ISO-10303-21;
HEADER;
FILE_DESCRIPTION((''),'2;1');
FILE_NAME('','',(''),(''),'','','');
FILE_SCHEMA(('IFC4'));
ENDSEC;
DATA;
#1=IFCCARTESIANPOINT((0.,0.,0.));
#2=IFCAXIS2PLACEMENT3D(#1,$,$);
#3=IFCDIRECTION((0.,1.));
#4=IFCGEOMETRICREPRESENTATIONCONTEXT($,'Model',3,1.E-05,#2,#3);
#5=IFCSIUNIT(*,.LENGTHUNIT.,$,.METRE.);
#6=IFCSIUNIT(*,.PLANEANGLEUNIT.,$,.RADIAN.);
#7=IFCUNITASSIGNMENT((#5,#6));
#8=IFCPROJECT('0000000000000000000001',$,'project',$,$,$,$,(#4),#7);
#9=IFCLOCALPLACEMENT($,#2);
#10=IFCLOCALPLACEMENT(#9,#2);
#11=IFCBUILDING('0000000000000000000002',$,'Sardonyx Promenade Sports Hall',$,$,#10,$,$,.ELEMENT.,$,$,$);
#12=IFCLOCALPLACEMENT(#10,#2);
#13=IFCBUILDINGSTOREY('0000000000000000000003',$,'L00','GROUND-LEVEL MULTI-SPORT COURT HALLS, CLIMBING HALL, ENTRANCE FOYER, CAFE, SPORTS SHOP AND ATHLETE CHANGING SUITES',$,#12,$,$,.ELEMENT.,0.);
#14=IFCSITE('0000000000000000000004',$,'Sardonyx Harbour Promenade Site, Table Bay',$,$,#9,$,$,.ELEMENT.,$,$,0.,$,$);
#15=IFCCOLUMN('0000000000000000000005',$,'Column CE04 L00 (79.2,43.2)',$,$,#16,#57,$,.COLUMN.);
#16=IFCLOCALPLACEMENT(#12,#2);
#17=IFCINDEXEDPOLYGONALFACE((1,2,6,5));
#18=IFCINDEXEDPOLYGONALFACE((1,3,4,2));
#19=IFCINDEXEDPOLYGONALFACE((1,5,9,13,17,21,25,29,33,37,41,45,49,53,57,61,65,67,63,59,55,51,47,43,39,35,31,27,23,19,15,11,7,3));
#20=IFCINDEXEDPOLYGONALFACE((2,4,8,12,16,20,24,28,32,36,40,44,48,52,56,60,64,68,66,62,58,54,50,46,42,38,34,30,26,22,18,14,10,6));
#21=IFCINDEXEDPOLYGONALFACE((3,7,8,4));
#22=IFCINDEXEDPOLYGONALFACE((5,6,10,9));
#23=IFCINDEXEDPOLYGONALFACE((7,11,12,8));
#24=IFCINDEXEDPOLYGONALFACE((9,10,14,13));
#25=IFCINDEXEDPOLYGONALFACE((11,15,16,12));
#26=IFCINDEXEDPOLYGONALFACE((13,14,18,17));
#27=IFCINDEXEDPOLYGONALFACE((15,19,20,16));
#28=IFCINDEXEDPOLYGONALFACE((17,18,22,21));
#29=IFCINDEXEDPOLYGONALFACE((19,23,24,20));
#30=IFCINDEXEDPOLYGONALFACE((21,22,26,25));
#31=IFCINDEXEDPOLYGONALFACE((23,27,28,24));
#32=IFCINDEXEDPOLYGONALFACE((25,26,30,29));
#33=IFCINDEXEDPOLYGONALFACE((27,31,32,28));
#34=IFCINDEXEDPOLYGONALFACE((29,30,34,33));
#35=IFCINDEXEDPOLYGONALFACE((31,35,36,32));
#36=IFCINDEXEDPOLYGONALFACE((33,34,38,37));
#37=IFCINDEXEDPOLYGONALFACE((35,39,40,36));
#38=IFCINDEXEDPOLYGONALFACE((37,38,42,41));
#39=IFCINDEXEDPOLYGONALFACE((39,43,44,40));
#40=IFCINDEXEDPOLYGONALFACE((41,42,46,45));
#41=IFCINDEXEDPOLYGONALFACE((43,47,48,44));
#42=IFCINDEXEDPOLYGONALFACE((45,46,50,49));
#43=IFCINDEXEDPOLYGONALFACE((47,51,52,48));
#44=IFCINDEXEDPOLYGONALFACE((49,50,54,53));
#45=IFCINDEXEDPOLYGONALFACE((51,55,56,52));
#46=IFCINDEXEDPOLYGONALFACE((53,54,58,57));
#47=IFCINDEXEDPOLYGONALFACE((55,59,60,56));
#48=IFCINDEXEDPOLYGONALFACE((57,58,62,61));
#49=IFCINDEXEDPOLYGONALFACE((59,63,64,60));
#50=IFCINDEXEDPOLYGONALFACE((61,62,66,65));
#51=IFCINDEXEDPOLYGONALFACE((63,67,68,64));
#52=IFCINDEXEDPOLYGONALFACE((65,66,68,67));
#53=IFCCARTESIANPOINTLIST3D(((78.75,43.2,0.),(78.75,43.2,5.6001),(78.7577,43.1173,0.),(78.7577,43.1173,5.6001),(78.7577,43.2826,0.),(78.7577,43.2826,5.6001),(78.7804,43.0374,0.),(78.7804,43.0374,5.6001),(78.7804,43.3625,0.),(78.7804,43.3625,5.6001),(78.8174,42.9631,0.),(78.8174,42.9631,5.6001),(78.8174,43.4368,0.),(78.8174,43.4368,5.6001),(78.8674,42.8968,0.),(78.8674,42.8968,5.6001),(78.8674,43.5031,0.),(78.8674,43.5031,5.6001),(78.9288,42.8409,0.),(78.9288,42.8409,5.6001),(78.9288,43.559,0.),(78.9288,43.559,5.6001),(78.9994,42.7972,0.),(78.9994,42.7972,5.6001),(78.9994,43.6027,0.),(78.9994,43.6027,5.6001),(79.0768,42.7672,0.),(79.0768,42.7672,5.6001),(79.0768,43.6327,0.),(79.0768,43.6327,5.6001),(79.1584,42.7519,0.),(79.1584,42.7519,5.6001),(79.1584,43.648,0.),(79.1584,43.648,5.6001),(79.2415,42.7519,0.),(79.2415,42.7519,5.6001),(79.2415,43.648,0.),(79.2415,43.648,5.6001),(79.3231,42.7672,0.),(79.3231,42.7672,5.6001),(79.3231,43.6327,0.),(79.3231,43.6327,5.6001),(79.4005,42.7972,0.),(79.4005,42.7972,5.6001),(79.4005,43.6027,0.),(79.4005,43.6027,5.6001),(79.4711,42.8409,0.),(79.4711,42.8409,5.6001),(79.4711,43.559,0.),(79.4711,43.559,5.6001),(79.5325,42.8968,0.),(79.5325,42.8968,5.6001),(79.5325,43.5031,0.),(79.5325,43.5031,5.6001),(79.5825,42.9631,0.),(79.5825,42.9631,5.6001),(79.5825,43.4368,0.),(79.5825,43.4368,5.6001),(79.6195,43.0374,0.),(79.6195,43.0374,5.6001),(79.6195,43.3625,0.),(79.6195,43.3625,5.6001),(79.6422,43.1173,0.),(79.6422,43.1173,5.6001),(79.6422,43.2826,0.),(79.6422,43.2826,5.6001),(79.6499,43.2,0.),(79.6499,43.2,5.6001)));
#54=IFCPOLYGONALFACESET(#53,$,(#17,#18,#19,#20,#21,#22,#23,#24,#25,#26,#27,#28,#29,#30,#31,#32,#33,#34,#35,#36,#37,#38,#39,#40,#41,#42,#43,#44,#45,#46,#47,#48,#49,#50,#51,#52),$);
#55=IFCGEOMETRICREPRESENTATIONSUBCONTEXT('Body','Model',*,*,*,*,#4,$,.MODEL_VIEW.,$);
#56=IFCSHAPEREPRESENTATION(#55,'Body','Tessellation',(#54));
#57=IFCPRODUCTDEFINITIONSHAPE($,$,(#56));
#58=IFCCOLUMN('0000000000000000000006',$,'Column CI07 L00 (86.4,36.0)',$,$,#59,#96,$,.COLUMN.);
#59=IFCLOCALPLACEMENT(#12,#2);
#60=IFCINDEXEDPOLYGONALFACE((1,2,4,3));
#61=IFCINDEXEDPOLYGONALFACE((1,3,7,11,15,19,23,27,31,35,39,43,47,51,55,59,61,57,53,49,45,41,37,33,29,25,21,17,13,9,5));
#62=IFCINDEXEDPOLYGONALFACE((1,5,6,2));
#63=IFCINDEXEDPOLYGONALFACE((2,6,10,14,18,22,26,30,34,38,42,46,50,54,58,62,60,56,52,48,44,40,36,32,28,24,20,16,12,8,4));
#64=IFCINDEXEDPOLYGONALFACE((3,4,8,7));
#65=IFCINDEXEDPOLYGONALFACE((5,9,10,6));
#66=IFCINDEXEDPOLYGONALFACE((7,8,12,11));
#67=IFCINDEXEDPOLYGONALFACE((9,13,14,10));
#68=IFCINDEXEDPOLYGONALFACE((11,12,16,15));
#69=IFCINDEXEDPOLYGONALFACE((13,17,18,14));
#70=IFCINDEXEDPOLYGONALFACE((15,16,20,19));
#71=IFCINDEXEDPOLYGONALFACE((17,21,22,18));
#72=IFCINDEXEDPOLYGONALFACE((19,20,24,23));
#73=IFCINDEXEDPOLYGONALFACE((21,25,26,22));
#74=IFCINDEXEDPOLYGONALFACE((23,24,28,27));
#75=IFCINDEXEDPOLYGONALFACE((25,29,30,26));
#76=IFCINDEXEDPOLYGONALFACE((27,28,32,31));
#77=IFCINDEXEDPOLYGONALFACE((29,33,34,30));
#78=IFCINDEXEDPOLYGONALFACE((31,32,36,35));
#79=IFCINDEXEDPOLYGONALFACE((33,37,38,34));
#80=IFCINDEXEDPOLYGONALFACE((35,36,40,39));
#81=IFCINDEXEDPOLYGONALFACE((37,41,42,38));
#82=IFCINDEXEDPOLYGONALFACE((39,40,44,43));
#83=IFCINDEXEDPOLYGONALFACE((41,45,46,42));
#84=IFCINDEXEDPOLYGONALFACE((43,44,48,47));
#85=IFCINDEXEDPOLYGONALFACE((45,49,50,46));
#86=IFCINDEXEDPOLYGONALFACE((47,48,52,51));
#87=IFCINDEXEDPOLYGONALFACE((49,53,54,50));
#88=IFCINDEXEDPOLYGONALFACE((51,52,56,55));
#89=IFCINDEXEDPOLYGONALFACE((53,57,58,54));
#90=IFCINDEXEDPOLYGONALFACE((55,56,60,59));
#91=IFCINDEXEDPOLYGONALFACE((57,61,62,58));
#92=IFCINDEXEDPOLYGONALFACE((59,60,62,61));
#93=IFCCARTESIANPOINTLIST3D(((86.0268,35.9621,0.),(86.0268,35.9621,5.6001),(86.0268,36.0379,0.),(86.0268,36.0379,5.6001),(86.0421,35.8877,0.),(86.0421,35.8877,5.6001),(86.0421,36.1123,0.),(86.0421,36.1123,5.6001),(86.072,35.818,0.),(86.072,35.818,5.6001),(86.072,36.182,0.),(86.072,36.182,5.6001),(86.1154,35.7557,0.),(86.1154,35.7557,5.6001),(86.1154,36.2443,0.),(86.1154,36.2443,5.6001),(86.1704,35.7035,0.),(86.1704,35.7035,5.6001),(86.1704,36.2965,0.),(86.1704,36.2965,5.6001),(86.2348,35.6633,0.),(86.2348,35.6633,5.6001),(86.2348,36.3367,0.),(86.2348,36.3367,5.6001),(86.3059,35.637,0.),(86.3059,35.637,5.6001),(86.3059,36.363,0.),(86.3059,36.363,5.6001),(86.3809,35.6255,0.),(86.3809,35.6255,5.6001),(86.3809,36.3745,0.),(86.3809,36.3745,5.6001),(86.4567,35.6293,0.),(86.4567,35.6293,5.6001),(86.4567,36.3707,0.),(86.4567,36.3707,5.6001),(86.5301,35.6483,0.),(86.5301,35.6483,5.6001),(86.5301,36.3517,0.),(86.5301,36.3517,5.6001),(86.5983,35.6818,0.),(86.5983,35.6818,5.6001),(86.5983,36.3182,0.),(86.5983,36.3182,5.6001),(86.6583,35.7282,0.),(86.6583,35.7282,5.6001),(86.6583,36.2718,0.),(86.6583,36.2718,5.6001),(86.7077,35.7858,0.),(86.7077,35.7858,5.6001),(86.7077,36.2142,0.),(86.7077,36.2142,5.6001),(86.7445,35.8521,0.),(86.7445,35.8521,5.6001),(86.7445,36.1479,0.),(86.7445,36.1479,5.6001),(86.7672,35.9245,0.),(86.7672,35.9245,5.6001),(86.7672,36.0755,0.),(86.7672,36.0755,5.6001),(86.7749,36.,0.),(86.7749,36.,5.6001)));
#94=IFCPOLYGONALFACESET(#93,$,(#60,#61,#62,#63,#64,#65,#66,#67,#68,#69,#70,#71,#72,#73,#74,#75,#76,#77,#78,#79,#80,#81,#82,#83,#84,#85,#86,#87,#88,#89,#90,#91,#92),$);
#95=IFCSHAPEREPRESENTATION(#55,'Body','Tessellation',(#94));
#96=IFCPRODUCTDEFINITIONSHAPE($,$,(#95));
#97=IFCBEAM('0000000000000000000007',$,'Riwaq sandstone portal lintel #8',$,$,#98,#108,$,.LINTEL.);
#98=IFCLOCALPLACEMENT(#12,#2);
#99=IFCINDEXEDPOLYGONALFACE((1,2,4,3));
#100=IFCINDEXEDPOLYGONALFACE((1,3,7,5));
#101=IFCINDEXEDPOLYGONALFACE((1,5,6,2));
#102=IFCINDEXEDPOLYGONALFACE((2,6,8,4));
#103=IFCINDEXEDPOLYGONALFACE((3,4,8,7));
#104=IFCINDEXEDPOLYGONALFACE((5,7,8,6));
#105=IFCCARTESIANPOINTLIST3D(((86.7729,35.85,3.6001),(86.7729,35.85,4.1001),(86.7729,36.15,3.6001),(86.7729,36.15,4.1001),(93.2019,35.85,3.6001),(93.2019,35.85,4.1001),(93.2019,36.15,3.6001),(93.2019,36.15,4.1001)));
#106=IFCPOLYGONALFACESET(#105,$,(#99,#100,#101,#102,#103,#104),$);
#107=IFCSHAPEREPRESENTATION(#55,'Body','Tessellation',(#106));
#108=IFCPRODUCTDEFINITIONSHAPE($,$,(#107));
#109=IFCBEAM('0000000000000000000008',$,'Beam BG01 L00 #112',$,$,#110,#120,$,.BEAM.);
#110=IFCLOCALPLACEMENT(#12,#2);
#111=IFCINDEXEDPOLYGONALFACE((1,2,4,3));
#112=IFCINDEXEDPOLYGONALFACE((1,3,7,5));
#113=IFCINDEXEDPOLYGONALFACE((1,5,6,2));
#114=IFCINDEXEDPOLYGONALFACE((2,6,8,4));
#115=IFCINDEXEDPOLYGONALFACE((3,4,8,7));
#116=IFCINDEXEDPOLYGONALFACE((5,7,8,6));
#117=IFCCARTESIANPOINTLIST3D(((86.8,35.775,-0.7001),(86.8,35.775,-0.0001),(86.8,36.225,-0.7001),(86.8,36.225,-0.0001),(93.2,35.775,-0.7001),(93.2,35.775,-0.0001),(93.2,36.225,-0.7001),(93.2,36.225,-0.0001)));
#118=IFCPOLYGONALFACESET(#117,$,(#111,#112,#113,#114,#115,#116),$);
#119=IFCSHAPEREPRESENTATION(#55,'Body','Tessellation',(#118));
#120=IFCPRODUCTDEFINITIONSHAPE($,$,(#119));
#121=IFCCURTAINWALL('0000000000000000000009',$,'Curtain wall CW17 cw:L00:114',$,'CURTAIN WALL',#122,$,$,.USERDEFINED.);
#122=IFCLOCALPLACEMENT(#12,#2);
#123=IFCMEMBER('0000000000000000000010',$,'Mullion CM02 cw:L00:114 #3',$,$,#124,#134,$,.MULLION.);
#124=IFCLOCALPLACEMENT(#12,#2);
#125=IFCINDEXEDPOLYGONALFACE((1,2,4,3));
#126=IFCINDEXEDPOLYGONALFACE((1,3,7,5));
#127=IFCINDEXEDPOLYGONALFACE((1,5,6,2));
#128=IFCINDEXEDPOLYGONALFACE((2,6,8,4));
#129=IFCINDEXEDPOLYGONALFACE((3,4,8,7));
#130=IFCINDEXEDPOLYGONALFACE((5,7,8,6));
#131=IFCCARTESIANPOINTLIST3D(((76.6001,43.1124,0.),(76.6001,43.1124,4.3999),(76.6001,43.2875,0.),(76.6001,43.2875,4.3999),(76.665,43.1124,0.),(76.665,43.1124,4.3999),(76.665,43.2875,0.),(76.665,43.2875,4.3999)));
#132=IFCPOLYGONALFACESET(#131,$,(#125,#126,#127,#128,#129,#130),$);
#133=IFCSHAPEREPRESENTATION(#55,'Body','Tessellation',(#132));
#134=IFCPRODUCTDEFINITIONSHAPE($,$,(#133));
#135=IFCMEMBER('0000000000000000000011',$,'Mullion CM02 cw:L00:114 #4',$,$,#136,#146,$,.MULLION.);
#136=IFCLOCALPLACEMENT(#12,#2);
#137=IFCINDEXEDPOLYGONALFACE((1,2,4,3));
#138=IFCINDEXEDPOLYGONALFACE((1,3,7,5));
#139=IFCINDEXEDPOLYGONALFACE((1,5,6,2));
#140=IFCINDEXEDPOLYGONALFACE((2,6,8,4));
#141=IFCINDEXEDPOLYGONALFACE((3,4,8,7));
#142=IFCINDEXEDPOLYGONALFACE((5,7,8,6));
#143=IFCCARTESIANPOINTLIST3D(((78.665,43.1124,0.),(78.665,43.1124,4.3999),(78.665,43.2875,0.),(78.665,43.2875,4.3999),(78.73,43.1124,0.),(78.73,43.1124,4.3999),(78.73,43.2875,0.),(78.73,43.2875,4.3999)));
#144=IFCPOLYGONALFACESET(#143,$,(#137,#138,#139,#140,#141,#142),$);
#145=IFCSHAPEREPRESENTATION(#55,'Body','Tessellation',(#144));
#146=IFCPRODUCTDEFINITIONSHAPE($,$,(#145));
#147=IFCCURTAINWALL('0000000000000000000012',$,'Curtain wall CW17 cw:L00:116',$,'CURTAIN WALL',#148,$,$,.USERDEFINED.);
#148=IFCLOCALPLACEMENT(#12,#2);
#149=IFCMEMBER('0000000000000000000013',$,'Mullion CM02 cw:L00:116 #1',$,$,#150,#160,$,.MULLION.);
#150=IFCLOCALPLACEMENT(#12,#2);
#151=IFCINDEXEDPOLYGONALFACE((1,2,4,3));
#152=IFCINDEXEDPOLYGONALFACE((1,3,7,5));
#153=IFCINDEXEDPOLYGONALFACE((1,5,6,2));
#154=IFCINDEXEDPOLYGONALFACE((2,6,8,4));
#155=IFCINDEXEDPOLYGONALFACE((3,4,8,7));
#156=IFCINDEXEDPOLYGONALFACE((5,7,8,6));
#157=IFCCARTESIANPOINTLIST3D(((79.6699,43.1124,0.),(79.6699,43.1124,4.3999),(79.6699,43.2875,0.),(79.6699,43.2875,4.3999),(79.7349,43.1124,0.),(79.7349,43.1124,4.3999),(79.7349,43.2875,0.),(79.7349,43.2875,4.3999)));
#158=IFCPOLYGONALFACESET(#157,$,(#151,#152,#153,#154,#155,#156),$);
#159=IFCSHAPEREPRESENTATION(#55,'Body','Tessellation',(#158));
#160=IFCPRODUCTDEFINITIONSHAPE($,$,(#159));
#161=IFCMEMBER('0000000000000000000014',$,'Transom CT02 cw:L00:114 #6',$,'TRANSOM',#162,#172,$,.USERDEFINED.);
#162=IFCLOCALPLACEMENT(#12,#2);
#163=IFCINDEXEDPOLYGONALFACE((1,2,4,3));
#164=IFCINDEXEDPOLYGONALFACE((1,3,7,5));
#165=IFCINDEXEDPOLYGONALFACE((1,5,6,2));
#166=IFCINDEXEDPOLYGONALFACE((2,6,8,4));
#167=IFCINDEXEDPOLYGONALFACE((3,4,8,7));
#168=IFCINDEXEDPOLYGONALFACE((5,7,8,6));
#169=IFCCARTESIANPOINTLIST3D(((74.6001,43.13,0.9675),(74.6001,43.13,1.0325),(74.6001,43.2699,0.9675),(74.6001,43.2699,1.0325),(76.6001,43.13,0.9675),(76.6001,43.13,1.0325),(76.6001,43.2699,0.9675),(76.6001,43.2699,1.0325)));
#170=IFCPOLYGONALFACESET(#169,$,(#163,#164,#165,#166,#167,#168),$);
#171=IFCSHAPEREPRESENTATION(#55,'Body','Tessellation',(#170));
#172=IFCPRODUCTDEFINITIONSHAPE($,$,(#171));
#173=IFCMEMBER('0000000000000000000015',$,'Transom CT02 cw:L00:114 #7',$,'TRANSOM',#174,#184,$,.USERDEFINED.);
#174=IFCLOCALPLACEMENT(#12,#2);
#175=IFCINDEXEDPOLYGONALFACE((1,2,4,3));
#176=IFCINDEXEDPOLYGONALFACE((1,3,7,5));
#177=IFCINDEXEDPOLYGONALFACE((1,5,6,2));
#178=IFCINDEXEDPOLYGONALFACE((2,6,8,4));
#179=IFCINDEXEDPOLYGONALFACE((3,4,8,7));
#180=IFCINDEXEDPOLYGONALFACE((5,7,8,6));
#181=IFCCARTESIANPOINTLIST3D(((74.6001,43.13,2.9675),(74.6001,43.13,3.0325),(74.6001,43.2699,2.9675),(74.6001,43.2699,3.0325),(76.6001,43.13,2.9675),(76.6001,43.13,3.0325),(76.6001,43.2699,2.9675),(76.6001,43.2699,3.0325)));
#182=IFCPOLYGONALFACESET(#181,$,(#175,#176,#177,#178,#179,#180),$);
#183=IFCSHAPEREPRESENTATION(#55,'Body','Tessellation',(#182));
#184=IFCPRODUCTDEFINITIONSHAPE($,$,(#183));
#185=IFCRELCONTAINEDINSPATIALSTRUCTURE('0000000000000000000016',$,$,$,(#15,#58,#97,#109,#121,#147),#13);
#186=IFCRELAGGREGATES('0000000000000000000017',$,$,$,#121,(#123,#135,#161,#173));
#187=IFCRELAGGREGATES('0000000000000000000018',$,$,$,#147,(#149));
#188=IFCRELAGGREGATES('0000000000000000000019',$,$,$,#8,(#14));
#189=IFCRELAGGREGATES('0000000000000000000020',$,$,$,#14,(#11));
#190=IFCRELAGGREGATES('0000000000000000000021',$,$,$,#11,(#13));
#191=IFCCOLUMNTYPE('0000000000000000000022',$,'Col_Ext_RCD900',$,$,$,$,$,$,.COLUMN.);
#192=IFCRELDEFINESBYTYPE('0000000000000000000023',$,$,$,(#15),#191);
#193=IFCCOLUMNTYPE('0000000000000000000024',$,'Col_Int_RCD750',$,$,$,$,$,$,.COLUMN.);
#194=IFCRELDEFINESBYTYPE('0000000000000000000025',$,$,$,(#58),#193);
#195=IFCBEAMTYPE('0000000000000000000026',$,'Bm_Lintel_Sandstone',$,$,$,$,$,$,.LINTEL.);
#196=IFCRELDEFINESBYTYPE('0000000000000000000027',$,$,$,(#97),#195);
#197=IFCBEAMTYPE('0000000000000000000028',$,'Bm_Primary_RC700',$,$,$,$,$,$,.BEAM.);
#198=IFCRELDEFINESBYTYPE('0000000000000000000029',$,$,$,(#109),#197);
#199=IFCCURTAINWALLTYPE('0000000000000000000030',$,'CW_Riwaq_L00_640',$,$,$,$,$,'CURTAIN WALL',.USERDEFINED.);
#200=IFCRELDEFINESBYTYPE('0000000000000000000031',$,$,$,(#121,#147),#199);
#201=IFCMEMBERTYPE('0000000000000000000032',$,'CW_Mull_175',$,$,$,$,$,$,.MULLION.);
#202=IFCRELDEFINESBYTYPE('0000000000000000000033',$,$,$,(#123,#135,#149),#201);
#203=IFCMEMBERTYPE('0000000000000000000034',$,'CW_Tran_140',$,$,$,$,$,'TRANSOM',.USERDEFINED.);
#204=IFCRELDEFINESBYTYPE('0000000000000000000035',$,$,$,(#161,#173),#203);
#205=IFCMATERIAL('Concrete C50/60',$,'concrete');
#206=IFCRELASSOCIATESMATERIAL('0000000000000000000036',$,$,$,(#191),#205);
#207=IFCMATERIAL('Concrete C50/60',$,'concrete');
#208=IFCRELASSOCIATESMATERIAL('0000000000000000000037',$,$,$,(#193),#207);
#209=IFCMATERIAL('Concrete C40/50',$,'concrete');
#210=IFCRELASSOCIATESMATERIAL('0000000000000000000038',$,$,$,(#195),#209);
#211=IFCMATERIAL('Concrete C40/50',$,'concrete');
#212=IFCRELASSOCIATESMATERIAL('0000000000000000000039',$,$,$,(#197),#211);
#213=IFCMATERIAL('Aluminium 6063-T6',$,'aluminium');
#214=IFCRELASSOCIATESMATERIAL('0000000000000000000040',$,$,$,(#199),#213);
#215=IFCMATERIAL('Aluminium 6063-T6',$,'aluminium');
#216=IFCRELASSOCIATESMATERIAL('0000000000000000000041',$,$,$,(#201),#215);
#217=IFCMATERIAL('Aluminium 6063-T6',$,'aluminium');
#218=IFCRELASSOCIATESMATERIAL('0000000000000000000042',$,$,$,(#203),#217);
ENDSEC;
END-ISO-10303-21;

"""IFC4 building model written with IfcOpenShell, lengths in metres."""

from ifc_helpers import new_model, si_unit, direction, frame, origin, origin_2d, place, context, subcontext, project, spatial, rectangle, circle, extrude, material, material_profile, profile_set, type_object, element, aggregate, save


model = new_model("IFC4")

# Units and contexts
model_context = context("Model", 3, precision=1e-05, world=origin(), true_north=direction((0.0, 1.0)))
body_context = subcontext(model_context, "Body", "Model", "MODEL_VIEW")
ifc_project = project(units=[si_unit("LENGTHUNIT", "METRE"), si_unit("PLANEANGLEUNIT", "RADIAN")], contexts=[model_context])

# Site, building, storey
site_placement = place(None, origin())
site = spatial("IfcSite", under=ifc_project, at=site_placement, Name="Sardonyx Harbour Promenade Site, Table Bay", CompositionType="ELEMENT", RefElevation=0.0)
building_placement = place(site_placement, origin())
building = spatial("IfcBuilding", under=site, at=building_placement, Name="Sardonyx Promenade Sports Hall", CompositionType="ELEMENT")
storey_placement = place(building_placement, origin())
storey = spatial("IfcBuildingStorey", under=building, at=storey_placement, Name="L00", Description="GROUND-LEVEL MULTI-SPORT COURT HALLS, CLIMBING HALL, ENTRANCE FOYER, CAFE, SPORTS SHOP AND ATHLETE CHANGING SUITES", CompositionType="ELEMENT", Elevation=0.0)

# Columns
ifc_material_1 = material(Name="Concrete C50/60", Category="concrete")
ifc_material_profile_1 = material_profile(ifc_material_1, circle(Radius=0.45, at=origin_2d()))
ifc_profile_set_1 = profile_set([ifc_material_profile_1], Name="Concrete C50/60")
column_type_1 = type_object("IfcColumnType", Name="Col_Ext_RCD900", PredefinedType="COLUMN", material=ifc_profile_set_1)
column_1_placement = place(storey_placement, frame((79.2, 43.2, 0.0), z_axis=(0.0, 0.0, 1.0), x_axis=(1.0, 0.0, 0.0)))
element("IfcColumn", 1, at=column_1_placement, inside=storey, type_object=column_type_1, Name="Column CE04 L00 (79.2,43.2)", PredefinedType="COLUMN", context=body_context, shape_type="SweptSolid", body=[
    extrude(circle(Radius=0.45, at=origin_2d()), origin(), (0.0, 0.0, 1.0), 5.6001),
])
ifc_material_2 = material(Name="Concrete C50/60", Category="concrete")
ifc_material_profile_2 = material_profile(ifc_material_2, circle(Radius=0.375, at=origin_2d()))
ifc_profile_set_2 = profile_set([ifc_material_profile_2], Name="Concrete C50/60")
column_type_2 = type_object("IfcColumnType", Name="Col_Int_RCD750", PredefinedType="COLUMN", material=ifc_profile_set_2)
column_2_placement = place(storey_placement, frame((86.3999, 36.0, 0.0), z_axis=(0.0, 0.0, 1.0), x_axis=(1.0, 0.0, 0.0)))
element("IfcColumn", 2, at=column_2_placement, inside=storey, type_object=column_type_2, Name="Column CI07 L00 (86.4,36.0)", PredefinedType="COLUMN", context=body_context, shape_type="SweptSolid", body=[
    extrude(circle(Radius=0.375, at=origin_2d()), origin(), (0.0, 0.0, 1.0), 5.6001),
])

# Beams
ifc_material_3 = material(Name="Concrete C40/50", Category="concrete")
ifc_material_profile_3 = material_profile(ifc_material_3, rectangle(XDim=0.3, YDim=0.5, at=origin_2d()))
ifc_profile_set_3 = profile_set([ifc_material_profile_3], Name="Concrete C40/50")
beam_type_1 = type_object("IfcBeamType", Name="Bm_Lintel_Sandstone", PredefinedType="LINTEL", material=ifc_profile_set_3)
beam_1_placement = place(storey_placement, frame((86.7729, 36.0, 3.8501), z_axis=(1.0, 0.0, 0.0), x_axis=(0.0, 1.0, 0.0)))
element("IfcBeam", 3, at=beam_1_placement, inside=storey, type_object=beam_type_1, Name="Riwaq sandstone portal lintel #8", PredefinedType="LINTEL", context=body_context, shape_type="SweptSolid", body=[
    extrude(rectangle(XDim=0.3, YDim=0.5, at=origin_2d()), origin(), (0.0, 0.0, 1.0), 6.429),
])
ifc_material_4 = material(Name="Concrete C40/50", Category="concrete")
ifc_material_profile_4 = material_profile(ifc_material_4, rectangle(XDim=0.45, YDim=0.7, at=origin_2d()))
ifc_profile_set_4 = profile_set([ifc_material_profile_4], Name="Concrete C40/50")
beam_type_2 = type_object("IfcBeamType", Name="Bm_Primary_RC700", PredefinedType="BEAM", material=ifc_profile_set_4)
beam_2_placement = place(storey_placement, frame((86.8, 36.0, -0.3501), z_axis=(1.0, 0.0, 0.0), x_axis=(0.0, 1.0, 0.0)))
element("IfcBeam", 4, at=beam_2_placement, inside=storey, type_object=beam_type_2, Name="Beam BG01 L00 #112", PredefinedType="BEAM", context=body_context, shape_type="SweptSolid", body=[
    extrude(rectangle(XDim=0.45, YDim=0.7, at=origin_2d()), origin(), (0.0, 0.0, 1.0), 6.3999),
])

# Curtain wall, members
ifc_material_5 = material(Name="Aluminium 6063-T6", Category="aluminium")
curtain_wall_type = type_object("IfcCurtainWallType", Name="CW_Riwaq_L00_640", ElementType="CURTAIN WALL", PredefinedType="USERDEFINED", material=ifc_material_5)
curtain_wall_1_placement = place(storey_placement, origin())
curtain_wall_1 = element("IfcCurtainWall", 5, at=curtain_wall_1_placement, inside=storey, type_object=curtain_wall_type, Name="Curtain wall CW17 cw:L00:114", ObjectType="CURTAIN WALL", PredefinedType="USERDEFINED")
ifc_material_6 = material(Name="Aluminium 6063-T6", Category="aluminium")
ifc_material_profile_5 = material_profile(ifc_material_6, rectangle(XDim=0.0649, YDim=0.175, at=origin_2d()))
ifc_profile_set_5 = profile_set([ifc_material_profile_5], Name="Aluminium 6063-T6")
member_type_1 = type_object("IfcMemberType", Name="CW_Mull_175", PredefinedType="MULLION", material=ifc_profile_set_5)
member_1_placement = place(storey_placement, frame((76.6326, 43.2, 0.0), z_axis=(0.0, 0.0, 1.0), x_axis=(1.0, 0.0, 0.0)))
member_1 = element("IfcMember", 6, at=member_1_placement, type_object=member_type_1, Name="Mullion CM02 cw:L00:114 #3", PredefinedType="MULLION", context=body_context, shape_type="SweptSolid", body=[
    extrude(rectangle(XDim=0.0649, YDim=0.175, at=origin_2d()), origin(), (0.0, 0.0, 1.0), 4.3999),
])
member_2_placement = place(storey_placement, frame((78.6975, 43.2, 0.0), z_axis=(0.0, 0.0, 1.0), x_axis=(1.0, 0.0, 0.0)))
member_2 = element("IfcMember", 7, at=member_2_placement, type_object=member_type_1, Name="Mullion CM02 cw:L00:114 #4", PredefinedType="MULLION", context=body_context, shape_type="SweptSolid", body=[
    extrude(rectangle(XDim=0.0649, YDim=0.175, at=origin_2d()), origin(), (0.0, 0.0, 1.0), 4.3999),
])

# Curtain wall, member
curtain_wall_2_placement = place(storey_placement, origin())
curtain_wall_2 = element("IfcCurtainWall", 8, at=curtain_wall_2_placement, inside=storey, type_object=curtain_wall_type, Name="Curtain wall CW17 cw:L00:116", ObjectType="CURTAIN WALL", PredefinedType="USERDEFINED")
member_3_placement = place(storey_placement, frame((79.7024, 43.2, 0.0), z_axis=(0.0, 0.0, 1.0), x_axis=(1.0, 0.0, 0.0)))
member_3 = element("IfcMember", 9, at=member_3_placement, type_object=member_type_1, Name="Mullion CM02 cw:L00:116 #1", PredefinedType="MULLION", context=body_context, shape_type="SweptSolid", body=[
    extrude(rectangle(XDim=0.0649, YDim=0.175, at=origin_2d()), origin(), (0.0, 0.0, 1.0), 4.3999),
])

# Members
ifc_material_7 = material(Name="Aluminium 6063-T6", Category="aluminium")
ifc_material_profile_6 = material_profile(ifc_material_7, rectangle(XDim=0.0649, YDim=0.1399, at=origin_2d()))
ifc_profile_set_6 = profile_set([ifc_material_profile_6], Name="Aluminium 6063-T6")
member_type_2 = type_object("IfcMemberType", Name="CW_Tran_140", ElementType="TRANSOM", PredefinedType="USERDEFINED", material=ifc_profile_set_6)
member_4_placement = place(storey_placement, frame((74.6001, 43.2, 1.0), z_axis=(1.0, 0.0, 0.0), x_axis=(0.0, 0.0, 1.0)))
member_4 = element("IfcMember", 10, at=member_4_placement, type_object=member_type_2, Name="Transom CT02 cw:L00:114 #6", ObjectType="TRANSOM", PredefinedType="USERDEFINED", context=body_context, shape_type="SweptSolid", body=[
    extrude(rectangle(XDim=0.0649, YDim=0.1399, at=origin_2d()), origin(), (0.0, 0.0, 1.0), 2.0),
])
member_5_placement = place(storey_placement, frame((74.6001, 43.2, 3.0), z_axis=(1.0, 0.0, 0.0), x_axis=(0.0, 0.0, 1.0)))
member_5 = element("IfcMember", 11, at=member_5_placement, type_object=member_type_2, Name="Transom CT02 cw:L00:114 #7", ObjectType="TRANSOM", PredefinedType="USERDEFINED", context=body_context, shape_type="SweptSolid", body=[
    extrude(rectangle(XDim=0.0649, YDim=0.1399, at=origin_2d()), origin(), (0.0, 0.0, 1.0), 2.0),
])

aggregate(curtain_wall_1, [member_1, member_2, member_4, member_5])
aggregate(curtain_wall_2, [member_3])

save(model, "model.ifc")
